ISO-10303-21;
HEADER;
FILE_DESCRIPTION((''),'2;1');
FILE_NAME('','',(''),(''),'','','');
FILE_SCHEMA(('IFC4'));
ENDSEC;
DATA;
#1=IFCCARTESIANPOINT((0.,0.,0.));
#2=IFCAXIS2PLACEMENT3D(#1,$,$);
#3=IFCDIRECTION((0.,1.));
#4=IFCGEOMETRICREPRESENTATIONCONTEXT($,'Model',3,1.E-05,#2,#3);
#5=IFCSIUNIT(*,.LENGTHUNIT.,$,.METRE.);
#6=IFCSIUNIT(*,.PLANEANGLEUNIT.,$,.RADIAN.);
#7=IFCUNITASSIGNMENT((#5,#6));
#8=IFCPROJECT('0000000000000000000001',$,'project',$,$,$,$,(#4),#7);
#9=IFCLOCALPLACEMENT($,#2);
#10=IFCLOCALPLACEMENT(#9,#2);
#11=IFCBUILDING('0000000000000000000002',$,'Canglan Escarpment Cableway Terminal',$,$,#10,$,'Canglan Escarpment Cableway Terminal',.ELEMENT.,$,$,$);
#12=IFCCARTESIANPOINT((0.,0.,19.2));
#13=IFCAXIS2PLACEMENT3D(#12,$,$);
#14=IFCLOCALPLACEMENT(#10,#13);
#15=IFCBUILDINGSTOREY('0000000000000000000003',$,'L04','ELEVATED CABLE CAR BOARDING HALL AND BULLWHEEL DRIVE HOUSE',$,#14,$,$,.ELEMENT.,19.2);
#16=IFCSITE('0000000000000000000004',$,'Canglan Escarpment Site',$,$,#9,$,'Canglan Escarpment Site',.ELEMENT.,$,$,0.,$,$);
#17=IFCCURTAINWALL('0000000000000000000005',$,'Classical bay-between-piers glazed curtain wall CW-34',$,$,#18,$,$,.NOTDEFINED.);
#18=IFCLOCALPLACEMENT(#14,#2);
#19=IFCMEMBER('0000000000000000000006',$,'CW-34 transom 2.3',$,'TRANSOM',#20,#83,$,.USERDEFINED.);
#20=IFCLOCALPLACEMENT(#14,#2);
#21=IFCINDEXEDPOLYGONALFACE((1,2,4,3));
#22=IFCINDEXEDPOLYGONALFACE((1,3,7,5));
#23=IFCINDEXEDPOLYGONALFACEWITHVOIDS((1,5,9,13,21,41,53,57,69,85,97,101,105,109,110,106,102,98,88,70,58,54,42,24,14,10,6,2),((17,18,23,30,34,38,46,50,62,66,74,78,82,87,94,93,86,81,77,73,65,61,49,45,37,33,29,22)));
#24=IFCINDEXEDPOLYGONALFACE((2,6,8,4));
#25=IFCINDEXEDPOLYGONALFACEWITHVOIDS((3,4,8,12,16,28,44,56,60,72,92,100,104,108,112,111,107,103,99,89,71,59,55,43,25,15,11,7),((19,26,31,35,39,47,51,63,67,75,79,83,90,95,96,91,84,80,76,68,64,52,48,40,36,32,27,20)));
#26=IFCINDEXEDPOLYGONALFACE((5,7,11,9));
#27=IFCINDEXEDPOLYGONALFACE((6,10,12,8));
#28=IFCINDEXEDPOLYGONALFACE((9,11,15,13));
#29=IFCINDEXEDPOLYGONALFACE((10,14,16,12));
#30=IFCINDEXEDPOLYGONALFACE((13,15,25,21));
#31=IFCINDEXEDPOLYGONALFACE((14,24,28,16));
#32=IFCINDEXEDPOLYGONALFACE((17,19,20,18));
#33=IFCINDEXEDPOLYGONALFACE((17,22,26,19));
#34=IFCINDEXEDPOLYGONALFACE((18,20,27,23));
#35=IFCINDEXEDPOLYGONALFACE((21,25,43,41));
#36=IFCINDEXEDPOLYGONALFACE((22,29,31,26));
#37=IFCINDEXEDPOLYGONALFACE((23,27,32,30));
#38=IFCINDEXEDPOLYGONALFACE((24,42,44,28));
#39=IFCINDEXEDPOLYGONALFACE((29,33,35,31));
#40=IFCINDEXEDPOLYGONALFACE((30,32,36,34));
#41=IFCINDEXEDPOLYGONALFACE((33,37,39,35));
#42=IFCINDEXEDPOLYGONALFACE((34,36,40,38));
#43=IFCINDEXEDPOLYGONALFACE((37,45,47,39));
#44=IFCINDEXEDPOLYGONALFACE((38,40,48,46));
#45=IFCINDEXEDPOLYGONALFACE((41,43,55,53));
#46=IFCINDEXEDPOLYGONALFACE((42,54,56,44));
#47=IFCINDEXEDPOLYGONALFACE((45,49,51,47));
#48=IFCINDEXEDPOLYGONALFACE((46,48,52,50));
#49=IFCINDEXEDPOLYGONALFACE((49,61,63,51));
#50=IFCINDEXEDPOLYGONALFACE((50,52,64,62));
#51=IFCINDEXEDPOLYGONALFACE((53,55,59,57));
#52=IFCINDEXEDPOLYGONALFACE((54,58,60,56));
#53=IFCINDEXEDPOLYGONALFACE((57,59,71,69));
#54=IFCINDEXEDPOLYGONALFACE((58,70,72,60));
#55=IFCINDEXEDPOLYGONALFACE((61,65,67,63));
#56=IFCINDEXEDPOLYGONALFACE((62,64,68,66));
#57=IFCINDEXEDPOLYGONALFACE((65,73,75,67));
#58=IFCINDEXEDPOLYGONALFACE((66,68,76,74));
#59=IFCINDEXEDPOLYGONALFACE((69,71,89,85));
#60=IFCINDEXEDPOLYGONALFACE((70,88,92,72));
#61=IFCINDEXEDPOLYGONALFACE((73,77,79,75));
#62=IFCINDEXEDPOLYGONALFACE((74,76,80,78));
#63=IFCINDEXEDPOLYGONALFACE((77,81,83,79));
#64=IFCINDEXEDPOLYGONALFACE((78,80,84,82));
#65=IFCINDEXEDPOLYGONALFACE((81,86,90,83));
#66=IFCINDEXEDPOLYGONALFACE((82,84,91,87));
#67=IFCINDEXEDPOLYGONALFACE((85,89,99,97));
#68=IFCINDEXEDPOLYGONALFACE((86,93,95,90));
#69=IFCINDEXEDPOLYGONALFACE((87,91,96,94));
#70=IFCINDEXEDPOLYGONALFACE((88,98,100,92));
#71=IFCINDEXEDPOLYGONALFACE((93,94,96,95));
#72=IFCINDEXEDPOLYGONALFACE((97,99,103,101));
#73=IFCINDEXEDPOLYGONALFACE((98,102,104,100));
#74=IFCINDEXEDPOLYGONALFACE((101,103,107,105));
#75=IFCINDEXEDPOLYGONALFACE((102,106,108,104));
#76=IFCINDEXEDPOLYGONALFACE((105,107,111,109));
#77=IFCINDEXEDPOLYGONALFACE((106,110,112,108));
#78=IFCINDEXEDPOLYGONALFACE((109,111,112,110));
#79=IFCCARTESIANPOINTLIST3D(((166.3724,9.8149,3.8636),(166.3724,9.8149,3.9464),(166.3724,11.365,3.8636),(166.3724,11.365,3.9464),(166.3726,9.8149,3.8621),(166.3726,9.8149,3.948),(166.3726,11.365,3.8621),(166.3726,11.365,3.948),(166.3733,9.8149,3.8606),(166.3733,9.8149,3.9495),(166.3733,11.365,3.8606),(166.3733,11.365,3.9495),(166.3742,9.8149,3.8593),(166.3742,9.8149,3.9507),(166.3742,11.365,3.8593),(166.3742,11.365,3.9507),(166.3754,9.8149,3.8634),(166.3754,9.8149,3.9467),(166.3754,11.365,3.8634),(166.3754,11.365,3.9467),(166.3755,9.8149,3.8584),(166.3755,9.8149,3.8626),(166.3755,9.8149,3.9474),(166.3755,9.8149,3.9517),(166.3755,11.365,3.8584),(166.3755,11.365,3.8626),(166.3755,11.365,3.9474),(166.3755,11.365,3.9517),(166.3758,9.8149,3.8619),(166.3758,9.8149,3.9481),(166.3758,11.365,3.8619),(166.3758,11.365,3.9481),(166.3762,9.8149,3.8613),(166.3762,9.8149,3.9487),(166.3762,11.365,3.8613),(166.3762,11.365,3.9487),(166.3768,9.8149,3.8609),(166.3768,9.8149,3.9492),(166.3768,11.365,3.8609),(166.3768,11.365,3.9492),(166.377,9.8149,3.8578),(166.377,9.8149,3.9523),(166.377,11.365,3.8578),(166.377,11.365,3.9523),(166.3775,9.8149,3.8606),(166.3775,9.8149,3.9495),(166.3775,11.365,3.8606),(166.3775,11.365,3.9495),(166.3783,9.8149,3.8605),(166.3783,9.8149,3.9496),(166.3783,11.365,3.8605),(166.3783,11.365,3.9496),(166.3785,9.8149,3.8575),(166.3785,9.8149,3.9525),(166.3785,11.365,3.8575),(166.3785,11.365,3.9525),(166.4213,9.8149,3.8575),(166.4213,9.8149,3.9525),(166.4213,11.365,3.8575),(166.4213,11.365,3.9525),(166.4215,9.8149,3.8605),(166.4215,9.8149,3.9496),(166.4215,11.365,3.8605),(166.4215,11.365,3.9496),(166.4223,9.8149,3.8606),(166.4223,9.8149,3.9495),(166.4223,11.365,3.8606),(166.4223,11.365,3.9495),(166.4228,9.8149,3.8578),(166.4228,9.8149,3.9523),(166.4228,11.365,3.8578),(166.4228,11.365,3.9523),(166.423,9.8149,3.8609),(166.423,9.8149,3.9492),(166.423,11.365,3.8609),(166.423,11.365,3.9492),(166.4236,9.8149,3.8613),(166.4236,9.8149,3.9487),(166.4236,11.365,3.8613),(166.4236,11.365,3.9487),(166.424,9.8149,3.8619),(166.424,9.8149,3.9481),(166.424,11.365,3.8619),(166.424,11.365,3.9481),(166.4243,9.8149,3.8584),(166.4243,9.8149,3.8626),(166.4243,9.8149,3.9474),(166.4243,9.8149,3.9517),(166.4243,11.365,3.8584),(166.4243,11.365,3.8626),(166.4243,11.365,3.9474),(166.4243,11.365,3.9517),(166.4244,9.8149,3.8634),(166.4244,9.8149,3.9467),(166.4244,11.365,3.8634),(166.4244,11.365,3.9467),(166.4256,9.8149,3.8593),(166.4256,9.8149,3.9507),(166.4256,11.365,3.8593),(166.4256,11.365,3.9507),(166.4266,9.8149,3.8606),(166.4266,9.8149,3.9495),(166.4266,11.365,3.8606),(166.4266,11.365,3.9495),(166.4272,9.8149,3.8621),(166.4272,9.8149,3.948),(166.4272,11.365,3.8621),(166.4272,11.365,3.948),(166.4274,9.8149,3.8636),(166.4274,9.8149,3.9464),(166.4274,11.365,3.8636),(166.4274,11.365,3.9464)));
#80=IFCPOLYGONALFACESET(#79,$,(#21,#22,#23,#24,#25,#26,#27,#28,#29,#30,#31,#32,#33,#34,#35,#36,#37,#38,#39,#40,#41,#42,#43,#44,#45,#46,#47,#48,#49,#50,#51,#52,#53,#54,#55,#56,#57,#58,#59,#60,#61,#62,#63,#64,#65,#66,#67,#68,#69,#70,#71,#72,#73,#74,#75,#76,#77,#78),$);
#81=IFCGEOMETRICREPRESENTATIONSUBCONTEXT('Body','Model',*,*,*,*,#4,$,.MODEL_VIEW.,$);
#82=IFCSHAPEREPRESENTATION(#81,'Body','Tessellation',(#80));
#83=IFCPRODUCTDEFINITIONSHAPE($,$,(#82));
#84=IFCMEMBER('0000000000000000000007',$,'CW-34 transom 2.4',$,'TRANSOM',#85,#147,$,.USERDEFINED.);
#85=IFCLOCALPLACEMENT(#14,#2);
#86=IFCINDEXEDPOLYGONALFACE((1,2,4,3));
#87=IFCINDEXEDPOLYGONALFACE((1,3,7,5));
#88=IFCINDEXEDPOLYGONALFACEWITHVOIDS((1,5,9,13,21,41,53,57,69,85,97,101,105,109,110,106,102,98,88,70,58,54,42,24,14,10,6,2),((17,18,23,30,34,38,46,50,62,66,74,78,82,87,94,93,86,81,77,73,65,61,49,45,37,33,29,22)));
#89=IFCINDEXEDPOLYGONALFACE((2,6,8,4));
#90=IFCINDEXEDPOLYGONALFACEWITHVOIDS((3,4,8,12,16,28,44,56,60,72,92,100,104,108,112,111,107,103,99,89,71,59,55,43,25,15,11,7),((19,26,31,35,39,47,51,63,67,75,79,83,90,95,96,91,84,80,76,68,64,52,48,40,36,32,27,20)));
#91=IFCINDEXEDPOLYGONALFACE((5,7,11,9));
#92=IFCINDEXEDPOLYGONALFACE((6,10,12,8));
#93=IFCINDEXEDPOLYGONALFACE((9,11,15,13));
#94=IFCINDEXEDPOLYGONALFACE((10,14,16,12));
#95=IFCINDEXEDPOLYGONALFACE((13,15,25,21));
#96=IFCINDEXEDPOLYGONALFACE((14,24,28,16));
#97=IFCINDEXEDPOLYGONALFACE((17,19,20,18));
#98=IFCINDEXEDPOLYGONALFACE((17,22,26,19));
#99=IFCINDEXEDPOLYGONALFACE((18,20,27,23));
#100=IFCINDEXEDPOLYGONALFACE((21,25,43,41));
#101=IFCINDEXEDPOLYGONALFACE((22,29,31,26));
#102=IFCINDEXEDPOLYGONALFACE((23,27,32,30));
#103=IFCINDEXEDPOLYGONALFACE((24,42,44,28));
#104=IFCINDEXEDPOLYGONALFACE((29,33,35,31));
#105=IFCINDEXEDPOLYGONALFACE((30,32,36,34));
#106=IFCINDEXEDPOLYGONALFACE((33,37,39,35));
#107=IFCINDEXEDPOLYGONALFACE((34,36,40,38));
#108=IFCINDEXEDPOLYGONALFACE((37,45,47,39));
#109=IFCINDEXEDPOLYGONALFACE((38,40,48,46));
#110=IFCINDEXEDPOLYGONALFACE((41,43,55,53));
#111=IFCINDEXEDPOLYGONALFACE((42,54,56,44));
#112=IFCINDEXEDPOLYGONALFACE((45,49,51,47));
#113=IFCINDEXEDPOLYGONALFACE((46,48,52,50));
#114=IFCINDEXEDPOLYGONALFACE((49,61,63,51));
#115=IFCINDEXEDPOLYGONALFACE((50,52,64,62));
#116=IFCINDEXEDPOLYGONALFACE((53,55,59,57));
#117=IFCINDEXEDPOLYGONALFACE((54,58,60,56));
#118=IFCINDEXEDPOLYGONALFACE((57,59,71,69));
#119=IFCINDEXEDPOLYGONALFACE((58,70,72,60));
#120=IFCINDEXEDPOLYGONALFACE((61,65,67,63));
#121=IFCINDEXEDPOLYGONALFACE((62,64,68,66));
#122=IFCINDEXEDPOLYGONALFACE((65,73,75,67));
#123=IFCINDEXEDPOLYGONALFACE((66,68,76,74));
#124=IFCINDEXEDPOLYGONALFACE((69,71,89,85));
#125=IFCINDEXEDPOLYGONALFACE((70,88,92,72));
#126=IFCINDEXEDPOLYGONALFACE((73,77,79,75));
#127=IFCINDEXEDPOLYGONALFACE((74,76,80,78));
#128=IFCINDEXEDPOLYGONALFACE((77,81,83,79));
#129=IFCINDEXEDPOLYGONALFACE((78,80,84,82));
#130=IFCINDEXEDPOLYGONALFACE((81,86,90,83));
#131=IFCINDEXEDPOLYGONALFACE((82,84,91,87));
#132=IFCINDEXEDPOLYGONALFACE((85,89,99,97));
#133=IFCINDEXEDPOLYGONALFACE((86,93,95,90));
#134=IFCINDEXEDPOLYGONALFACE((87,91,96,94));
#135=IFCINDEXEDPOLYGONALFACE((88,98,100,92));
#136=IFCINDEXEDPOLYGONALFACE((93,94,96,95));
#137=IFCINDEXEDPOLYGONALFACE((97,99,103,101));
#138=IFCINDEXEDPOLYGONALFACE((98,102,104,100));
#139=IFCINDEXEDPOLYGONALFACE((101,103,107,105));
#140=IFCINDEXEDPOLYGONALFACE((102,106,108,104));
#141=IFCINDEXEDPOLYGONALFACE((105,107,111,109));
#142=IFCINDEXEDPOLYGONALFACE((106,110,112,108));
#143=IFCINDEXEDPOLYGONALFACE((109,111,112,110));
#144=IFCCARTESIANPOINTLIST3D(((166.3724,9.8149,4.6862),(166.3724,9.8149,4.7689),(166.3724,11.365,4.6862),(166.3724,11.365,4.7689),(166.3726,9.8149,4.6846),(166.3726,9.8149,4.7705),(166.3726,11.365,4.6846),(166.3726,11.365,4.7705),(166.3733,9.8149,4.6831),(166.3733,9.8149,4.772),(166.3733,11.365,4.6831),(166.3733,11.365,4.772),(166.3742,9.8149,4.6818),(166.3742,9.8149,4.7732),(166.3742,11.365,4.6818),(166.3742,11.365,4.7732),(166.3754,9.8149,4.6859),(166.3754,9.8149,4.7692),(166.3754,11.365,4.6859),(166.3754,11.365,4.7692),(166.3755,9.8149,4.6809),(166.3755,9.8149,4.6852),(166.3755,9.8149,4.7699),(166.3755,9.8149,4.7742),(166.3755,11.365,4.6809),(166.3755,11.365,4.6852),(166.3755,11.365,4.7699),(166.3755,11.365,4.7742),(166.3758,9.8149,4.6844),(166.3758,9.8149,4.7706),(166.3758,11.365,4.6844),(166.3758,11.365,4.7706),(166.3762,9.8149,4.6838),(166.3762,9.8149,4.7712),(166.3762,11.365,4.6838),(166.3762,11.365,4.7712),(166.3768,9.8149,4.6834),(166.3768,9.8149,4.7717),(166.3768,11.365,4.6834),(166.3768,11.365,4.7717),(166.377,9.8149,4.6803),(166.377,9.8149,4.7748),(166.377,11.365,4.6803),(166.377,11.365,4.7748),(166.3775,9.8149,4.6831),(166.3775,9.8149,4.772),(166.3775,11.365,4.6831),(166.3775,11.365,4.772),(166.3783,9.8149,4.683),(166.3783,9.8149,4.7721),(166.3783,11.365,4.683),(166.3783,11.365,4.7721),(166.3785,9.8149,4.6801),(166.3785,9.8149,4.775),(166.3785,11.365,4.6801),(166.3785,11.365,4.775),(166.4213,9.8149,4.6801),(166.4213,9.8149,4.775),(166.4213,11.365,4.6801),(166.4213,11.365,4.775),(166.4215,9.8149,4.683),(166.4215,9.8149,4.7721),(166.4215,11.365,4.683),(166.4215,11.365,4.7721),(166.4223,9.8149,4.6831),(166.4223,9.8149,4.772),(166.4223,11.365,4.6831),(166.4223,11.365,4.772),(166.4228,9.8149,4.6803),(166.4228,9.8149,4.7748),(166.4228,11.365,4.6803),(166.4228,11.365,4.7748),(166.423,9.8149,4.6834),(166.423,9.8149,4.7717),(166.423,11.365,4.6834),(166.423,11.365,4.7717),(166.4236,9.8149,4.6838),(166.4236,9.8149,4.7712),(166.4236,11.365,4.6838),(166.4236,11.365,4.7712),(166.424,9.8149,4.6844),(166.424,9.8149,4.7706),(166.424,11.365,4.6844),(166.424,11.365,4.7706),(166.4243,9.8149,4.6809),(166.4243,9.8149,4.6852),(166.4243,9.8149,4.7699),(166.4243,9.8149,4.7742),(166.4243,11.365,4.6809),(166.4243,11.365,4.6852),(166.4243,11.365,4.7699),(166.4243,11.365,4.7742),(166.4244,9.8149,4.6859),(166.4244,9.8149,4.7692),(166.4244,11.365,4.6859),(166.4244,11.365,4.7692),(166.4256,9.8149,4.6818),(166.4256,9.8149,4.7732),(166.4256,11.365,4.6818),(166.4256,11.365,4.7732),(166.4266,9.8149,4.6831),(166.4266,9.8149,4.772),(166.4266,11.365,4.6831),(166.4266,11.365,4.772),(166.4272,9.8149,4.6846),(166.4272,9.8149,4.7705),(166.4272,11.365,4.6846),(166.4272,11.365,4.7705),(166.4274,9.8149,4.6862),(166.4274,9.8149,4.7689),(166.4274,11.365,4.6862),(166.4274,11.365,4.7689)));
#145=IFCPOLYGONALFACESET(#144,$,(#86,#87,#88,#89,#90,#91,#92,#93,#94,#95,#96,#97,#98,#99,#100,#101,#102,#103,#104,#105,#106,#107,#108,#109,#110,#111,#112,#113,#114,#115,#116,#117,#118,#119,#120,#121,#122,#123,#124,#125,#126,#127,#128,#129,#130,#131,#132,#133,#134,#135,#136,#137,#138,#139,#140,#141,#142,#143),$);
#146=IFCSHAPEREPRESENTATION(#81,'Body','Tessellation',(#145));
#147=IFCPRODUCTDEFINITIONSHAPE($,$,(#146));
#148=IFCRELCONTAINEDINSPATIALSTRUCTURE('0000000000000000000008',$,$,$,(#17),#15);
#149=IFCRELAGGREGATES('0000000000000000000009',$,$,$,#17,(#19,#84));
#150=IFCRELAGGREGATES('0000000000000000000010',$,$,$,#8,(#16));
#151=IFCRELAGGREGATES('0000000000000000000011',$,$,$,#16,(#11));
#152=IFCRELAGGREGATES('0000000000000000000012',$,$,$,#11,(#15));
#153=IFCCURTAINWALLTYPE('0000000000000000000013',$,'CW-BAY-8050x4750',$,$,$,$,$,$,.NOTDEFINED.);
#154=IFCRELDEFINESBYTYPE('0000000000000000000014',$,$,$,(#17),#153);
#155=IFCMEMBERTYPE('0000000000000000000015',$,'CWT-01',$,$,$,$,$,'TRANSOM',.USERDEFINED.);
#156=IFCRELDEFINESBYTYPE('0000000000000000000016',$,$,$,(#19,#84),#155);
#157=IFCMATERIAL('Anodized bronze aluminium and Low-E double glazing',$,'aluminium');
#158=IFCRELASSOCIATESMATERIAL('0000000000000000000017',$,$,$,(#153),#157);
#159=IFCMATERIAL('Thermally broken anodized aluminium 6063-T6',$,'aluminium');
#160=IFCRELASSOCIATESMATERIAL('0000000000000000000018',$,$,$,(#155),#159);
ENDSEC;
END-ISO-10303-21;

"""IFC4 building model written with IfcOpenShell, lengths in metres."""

from ifc_helpers import new_model, si_unit, direction, frame, origin, origin_2d, place, context, subcontext, project, spatial, hollow_rectangle, extrude, material, material_profile, profile_set, type_object, element, aggregate, save


model = new_model("IFC4")

# Units and contexts
model_context = context("Model", 3, precision=1e-05, world=origin(), true_north=direction((0.0, 1.0)))
body_context = subcontext(model_context, "Body", "Model", "MODEL_VIEW")
ifc_project = project(units=[si_unit("LENGTHUNIT", "METRE"), si_unit("PLANEANGLEUNIT", "RADIAN")], contexts=[model_context])

# Site, building, storey
site_placement = place(None, origin())
site = spatial("IfcSite", under=ifc_project, at=site_placement, Name="Canglan Escarpment Site", LongName="Canglan Escarpment Site", CompositionType="ELEMENT", RefElevation=0.0)
building_placement = place(site_placement, origin())
building = spatial("IfcBuilding", under=site, at=building_placement, Name="Canglan Escarpment Cableway Terminal", LongName="Canglan Escarpment Cableway Terminal", CompositionType="ELEMENT")
storey_placement = place(building_placement, frame((0.0, 0.0, 19.2)))
storey = spatial("IfcBuildingStorey", under=building, at=storey_placement, Name="L04", Description="ELEVATED CABLE CAR BOARDING HALL AND BULLWHEEL DRIVE HOUSE", CompositionType="ELEMENT", Elevation=19.2)

# Curtain wall
ifc_material_1 = material(Name="Anodized bronze aluminium and Low-E double glazing", Category="aluminium")
curtain_wall_type_1 = type_object("IfcCurtainWallType", Name="CW-BAY-8050x4750", PredefinedType="NOTDEFINED", material=ifc_material_1)
curtain_wall_1_placement = place(storey_placement, origin())
curtain_wall_1 = element("IfcCurtainWall", 1, at=curtain_wall_1_placement, inside=storey, type_object=curtain_wall_type_1, Name="Classical bay-between-piers glazed curtain wall CW-34", PredefinedType="NOTDEFINED")
ifc_material_2 = material(Name="Thermally broken anodized aluminium 6063-T6", Category="aluminium")

# Members
ifc_material_profile_1 = material_profile(ifc_material_2, hollow_rectangle(XDim=0.0549, YDim=0.095, WallThickness=0.0029, InnerFilletRadius=0.0029, OuterFilletRadius=0.0061, at=origin_2d()), Name="ALU-TRAN 55x95x3")
ifc_profile_set_1 = profile_set([ifc_material_profile_1], Name="Thermally broken anodized aluminium 6063-T6")
member_type_1 = type_object("IfcMemberType", Name="CWT-01", ElementType="TRANSOM", PredefinedType="USERDEFINED", material=ifc_profile_set_1)
member_1_placement = place(storey_placement, frame((166.3999, 9.8149, 3.905), z_axis=(0.0, 1.0, 0.0), x_axis=(-1.0, 0.0, 0.0)))
member_1 = element("IfcMember", 2, at=member_1_placement, type_object=member_type_1, Name="CW-34 transom 2.3", ObjectType="TRANSOM", PredefinedType="USERDEFINED", context=body_context, shape_type="SweptSolid", body=[
    extrude(hollow_rectangle(XDim=0.0549, YDim=0.095, WallThickness=0.0029, InnerFilletRadius=0.0029, OuterFilletRadius=0.0061, at=origin_2d()), origin(), (0.0, 0.0, 1.0), 1.55),
])
member_2_placement = place(storey_placement, frame((166.3999, 9.8149, 4.7275), z_axis=(0.0, 1.0, 0.0), x_axis=(-1.0, 0.0, 0.0)))
member_2 = element("IfcMember", 3, at=member_2_placement, type_object=member_type_1, Name="CW-34 transom 2.4", ObjectType="TRANSOM", PredefinedType="USERDEFINED", context=body_context, shape_type="SweptSolid", body=[
    extrude(hollow_rectangle(XDim=0.0549, YDim=0.095, WallThickness=0.0029, InnerFilletRadius=0.0029, OuterFilletRadius=0.0061, at=origin_2d()), origin(), (0.0, 0.0, 1.0), 1.55),
])

aggregate(curtain_wall_1, [member_1, member_2])

save(model, "model.ifc")
